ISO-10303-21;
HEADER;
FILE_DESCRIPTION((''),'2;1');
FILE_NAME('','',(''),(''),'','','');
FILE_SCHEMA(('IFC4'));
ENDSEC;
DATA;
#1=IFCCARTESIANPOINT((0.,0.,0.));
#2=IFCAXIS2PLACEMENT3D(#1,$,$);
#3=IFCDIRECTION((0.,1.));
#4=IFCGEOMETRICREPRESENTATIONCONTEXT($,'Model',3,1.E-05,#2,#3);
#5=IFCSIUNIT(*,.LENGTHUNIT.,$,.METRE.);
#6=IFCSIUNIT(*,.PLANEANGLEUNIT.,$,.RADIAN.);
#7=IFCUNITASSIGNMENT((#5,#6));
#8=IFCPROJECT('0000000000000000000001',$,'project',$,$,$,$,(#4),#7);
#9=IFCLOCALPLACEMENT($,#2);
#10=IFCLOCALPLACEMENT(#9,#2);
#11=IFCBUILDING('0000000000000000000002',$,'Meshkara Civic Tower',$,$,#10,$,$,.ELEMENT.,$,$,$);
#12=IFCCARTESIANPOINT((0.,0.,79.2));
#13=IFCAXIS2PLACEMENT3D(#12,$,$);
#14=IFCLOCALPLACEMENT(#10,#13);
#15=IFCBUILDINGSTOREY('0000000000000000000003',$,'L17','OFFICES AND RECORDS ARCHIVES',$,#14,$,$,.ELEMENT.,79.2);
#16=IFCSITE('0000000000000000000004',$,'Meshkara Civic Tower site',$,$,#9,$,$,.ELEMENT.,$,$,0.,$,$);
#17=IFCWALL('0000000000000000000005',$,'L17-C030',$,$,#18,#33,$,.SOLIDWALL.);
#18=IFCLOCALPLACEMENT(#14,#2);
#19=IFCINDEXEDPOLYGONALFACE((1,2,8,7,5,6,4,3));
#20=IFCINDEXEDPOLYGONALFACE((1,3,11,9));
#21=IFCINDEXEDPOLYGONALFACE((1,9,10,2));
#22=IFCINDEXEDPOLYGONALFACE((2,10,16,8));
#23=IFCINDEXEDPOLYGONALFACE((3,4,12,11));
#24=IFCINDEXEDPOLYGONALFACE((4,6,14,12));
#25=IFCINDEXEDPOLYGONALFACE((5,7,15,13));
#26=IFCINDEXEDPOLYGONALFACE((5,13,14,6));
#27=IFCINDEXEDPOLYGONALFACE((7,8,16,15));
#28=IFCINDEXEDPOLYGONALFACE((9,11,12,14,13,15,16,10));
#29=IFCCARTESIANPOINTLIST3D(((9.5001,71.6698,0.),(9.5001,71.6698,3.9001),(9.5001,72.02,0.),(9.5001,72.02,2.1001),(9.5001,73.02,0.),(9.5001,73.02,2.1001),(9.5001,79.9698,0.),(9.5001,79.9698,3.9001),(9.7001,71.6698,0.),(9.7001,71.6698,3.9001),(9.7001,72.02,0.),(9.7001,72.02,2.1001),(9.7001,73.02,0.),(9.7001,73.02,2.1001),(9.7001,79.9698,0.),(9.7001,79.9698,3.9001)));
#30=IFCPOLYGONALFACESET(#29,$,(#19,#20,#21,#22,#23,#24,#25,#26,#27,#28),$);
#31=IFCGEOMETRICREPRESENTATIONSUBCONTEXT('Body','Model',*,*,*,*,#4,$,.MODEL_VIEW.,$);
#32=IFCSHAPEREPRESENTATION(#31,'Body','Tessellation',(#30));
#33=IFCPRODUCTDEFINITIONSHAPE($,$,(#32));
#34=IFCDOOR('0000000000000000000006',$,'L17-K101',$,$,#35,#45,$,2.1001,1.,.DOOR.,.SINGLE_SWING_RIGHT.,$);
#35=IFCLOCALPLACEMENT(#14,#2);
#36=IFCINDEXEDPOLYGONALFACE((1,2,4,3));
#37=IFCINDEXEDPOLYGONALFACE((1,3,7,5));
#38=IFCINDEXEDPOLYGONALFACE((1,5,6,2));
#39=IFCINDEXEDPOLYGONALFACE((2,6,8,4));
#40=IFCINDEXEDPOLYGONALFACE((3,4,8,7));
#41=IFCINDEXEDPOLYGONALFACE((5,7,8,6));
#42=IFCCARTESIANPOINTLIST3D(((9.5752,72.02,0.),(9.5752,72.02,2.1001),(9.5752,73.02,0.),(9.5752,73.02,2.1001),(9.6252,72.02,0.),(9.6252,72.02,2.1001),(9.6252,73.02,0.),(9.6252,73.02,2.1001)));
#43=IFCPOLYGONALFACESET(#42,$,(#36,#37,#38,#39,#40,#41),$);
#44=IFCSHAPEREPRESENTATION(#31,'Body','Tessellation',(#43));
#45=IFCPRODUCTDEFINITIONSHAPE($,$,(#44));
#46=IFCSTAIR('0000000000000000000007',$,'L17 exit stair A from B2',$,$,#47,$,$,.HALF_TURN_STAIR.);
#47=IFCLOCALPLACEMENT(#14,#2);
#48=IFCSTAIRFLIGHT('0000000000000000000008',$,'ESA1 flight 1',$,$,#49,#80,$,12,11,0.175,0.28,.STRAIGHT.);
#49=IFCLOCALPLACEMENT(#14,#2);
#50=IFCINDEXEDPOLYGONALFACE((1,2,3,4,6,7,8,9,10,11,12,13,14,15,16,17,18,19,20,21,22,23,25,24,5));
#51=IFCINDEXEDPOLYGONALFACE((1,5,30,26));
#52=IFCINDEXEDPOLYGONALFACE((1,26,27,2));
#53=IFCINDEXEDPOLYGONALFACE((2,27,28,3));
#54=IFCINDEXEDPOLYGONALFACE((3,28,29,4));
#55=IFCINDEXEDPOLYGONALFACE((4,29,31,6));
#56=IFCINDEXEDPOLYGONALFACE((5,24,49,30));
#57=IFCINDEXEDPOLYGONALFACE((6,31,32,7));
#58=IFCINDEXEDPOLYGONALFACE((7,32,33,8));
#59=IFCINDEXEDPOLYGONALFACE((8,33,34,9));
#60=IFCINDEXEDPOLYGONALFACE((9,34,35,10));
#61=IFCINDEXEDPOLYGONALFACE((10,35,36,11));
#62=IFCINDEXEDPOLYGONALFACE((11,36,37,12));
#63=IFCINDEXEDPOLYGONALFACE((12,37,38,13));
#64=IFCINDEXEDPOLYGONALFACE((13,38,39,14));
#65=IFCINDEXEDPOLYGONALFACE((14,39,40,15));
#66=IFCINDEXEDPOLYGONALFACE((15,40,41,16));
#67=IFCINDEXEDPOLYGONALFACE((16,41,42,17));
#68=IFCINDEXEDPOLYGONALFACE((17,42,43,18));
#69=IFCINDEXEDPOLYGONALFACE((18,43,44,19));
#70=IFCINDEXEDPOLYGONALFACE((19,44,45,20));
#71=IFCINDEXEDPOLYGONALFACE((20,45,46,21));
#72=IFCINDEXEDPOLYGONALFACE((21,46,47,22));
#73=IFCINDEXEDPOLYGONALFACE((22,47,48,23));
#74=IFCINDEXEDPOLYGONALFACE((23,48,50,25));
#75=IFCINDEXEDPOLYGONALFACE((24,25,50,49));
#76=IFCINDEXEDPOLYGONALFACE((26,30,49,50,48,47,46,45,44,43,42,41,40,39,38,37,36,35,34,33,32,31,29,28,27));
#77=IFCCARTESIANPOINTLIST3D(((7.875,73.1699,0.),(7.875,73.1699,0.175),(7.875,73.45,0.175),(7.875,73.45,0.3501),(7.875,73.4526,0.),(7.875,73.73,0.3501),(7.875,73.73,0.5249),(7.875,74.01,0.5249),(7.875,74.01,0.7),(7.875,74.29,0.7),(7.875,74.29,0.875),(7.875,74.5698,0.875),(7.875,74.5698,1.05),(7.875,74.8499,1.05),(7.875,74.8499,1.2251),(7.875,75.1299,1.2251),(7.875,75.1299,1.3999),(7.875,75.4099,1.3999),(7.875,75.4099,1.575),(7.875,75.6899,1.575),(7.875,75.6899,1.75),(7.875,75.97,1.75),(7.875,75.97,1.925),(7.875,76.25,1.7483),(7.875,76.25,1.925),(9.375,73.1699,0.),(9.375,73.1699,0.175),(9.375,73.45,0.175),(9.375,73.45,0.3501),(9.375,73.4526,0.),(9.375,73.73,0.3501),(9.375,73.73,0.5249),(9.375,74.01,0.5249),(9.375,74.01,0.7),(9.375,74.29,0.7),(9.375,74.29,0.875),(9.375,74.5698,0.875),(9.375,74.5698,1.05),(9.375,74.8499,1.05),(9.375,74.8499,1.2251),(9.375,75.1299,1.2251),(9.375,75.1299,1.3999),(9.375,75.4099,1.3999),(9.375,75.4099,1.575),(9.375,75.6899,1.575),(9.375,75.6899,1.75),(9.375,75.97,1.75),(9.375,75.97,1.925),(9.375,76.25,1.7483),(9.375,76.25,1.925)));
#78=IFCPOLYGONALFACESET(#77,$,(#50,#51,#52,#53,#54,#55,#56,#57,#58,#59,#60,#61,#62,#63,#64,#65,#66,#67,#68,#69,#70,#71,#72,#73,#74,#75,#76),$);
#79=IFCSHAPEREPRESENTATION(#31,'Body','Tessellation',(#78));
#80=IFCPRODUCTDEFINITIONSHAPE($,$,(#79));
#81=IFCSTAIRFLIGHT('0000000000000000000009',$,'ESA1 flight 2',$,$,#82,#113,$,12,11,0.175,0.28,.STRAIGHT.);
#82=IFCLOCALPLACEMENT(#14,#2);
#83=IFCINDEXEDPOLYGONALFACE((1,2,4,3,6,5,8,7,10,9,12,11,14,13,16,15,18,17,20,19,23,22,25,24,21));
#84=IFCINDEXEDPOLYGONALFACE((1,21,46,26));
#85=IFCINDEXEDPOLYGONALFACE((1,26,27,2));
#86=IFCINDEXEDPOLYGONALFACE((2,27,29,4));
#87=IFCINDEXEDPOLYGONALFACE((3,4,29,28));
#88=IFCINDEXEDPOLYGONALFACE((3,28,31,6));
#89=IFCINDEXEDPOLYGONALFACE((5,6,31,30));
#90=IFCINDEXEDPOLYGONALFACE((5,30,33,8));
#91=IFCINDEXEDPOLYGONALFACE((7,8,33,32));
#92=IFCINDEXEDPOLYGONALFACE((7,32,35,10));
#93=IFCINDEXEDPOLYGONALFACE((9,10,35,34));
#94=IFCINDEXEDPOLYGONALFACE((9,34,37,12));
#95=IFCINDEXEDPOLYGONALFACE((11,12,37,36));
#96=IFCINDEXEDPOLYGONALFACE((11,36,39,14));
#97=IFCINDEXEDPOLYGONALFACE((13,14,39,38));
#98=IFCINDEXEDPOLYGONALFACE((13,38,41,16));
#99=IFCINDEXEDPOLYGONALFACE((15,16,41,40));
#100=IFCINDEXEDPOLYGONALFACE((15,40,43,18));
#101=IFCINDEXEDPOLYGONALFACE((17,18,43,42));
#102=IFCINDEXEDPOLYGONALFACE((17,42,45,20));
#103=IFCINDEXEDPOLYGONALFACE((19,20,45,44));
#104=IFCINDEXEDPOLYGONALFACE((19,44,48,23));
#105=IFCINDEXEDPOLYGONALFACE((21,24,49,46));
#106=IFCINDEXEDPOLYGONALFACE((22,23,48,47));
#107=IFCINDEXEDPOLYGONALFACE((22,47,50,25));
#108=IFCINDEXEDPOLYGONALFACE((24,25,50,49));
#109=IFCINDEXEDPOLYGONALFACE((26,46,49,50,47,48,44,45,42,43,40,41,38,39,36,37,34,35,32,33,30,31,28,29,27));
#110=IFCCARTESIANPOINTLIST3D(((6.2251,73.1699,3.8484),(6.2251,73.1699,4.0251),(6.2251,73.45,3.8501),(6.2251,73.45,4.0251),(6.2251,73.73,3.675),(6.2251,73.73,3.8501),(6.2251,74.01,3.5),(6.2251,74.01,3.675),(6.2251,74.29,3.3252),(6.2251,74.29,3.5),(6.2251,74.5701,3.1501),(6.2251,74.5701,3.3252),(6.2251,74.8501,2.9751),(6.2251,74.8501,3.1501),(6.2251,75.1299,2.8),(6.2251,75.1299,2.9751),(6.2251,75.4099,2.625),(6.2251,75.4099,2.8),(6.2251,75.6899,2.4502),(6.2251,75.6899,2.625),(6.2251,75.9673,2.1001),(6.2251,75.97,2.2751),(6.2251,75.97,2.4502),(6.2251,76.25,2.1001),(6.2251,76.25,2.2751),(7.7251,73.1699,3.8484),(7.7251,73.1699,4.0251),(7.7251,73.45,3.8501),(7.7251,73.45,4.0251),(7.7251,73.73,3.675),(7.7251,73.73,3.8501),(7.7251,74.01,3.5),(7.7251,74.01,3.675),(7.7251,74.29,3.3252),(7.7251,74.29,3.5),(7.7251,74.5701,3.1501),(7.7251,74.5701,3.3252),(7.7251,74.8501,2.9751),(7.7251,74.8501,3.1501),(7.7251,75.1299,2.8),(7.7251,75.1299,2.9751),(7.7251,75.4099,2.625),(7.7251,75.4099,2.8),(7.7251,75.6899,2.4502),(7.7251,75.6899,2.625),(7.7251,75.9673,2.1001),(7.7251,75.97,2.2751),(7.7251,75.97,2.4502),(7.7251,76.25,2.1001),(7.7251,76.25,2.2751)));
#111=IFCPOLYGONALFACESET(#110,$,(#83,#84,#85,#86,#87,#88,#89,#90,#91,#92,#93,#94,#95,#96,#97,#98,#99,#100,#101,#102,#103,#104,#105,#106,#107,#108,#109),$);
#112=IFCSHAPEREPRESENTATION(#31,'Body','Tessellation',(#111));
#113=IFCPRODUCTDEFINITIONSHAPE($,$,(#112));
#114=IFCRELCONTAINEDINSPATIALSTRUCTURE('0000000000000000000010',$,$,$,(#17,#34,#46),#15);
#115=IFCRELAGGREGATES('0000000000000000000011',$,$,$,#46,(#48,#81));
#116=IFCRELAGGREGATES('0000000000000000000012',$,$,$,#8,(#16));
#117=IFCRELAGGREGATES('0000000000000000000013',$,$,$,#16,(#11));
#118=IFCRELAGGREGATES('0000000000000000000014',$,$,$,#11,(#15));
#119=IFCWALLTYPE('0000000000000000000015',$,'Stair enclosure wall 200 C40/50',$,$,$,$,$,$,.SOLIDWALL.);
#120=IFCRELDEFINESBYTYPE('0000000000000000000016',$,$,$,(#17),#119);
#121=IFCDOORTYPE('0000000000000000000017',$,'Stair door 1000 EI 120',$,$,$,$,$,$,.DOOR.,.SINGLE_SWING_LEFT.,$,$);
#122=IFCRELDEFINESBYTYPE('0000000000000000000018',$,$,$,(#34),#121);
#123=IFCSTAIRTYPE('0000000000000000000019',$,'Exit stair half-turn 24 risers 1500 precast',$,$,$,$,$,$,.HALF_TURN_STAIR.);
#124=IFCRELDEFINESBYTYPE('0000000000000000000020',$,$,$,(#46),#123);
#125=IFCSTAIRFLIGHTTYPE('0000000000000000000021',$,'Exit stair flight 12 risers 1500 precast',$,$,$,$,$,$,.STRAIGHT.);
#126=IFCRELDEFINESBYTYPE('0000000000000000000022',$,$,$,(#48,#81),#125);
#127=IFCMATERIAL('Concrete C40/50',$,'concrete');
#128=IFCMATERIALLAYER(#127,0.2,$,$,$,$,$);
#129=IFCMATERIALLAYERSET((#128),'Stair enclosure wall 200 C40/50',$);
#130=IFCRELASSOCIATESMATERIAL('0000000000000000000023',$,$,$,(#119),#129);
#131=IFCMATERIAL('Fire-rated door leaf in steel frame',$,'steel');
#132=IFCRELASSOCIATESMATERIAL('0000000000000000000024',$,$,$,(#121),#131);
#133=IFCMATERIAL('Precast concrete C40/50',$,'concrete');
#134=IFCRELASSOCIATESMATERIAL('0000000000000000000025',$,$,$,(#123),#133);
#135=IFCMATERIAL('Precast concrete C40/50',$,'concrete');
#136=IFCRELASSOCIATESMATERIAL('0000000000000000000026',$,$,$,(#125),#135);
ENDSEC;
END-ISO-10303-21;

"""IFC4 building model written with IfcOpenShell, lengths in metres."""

from ifc_helpers import new_model, si_unit, direction, frame, frame_2d, origin, place, context, subcontext, project, spatial, polyline, rectangle, outline, extrude, material, layer, layer_set, type_object, element, fill, aggregate, save


model = new_model("IFC4")

# Units and contexts
model_context = context("Model", 3, precision=1e-05, world=origin(), true_north=direction((0.0, 1.0)))
body_context = subcontext(model_context, "Body", "Model", "MODEL_VIEW")
ifc_project = project(units=[si_unit("LENGTHUNIT", "METRE"), si_unit("PLANEANGLEUNIT", "RADIAN")], contexts=[model_context])

# Site, building, storey
site_placement = place(None, origin())
site = spatial("IfcSite", under=ifc_project, at=site_placement, Name="Meshkara Civic Tower site", CompositionType="ELEMENT", RefElevation=0.0)
building_placement = place(site_placement, origin())
building = spatial("IfcBuilding", under=site, at=building_placement, Name="Meshkara Civic Tower", CompositionType="ELEMENT")
storey_placement = place(building_placement, frame((0.0, 0.0, 79.2)))
storey = spatial("IfcBuildingStorey", under=building, at=storey_placement, Name="L17", Description="OFFICES AND RECORDS ARCHIVES", CompositionType="ELEMENT", Elevation=79.2)

# Wall, opening, door
ifc_material_1 = material(Name="Concrete C40/50", Category="concrete")
ifc_layer_1 = layer(ifc_material_1, 0.2)
ifc_layer_set_1 = layer_set([ifc_layer_1], Name="Stair enclosure wall 200 C40/50")
wall_type_1 = type_object("IfcWallType", Name="Stair enclosure wall 200 C40/50", PredefinedType="SOLIDWALL", material=ifc_layer_set_1)
wall_1_placement = place(storey_placement, frame((9.6001, 71.6699, 0.0), z_axis=(0.0, 0.0, 1.0), x_axis=(0.0, 1.0, 0.0)))
wall_1 = element("IfcWall", 1, at=wall_1_placement, inside=storey, type_object=wall_type_1, Name="L17-C030", PredefinedType="SOLIDWALL", context=body_context, shape_type="SweptSolid", body=[
    extrude(rectangle(XDim=8.3, YDim=0.2, at=frame_2d((4.1499, 0.0))), origin(), (0.0, 0.0, 1.0), 3.9001),
])
opening_1_placement = place(wall_1_placement, frame((0.3501, 0.0, 0.0)))
opening_1 = element("IfcOpeningElement", 2, at=opening_1_placement, cuts=wall_1, PredefinedType="OPENING", context=body_context, shape_type="SweptSolid", body=[
    extrude(rectangle(XDim=1.0, YDim=2.1001, at=frame_2d((0.5, 1.05))), frame((0.0, 0.1099, 0.0), z_axis=(0.0, -1.0, 0.0), x_axis=(1.0, 0.0, 0.0)), (0.0, 0.0, 1.0), 0.22),
])
ifc_material_2 = material(Name="Fire-rated door leaf in steel frame", Category="steel")
door_type_1 = type_object("IfcDoorType", Name="Stair door 1000 EI 120", OperationType="SINGLE_SWING_LEFT", PredefinedType="DOOR", material=ifc_material_2)
door_1_placement = place(opening_1_placement, origin())
door_1 = element("IfcDoor", 3, at=door_1_placement, inside=storey, type_object=door_type_1, Name="L17-K101", OperationType="SINGLE_SWING_RIGHT", OverallHeight=2.1001, OverallWidth=1.0, PredefinedType="DOOR", context=body_context, shape_type="SweptSolid", body=[
    extrude(rectangle(XDim=1.0, YDim=2.1001, at=frame_2d((0.5, 1.05))), frame((0.0, 0.0249, 0.0), z_axis=(0.0, -1.0, 0.0), x_axis=(1.0, 0.0, 0.0)), (0.0, 0.0, 1.0), 0.05),
])
fill(opening_1, door_1)

# Stair, stair flights
ifc_material_3 = material(Name="Precast concrete C40/50", Category="concrete")
stair_type = type_object("IfcStairType", Name="Exit stair half-turn 24 risers 1500 precast", PredefinedType="HALF_TURN_STAIR", material=ifc_material_3)
stair_placement = place(storey_placement, origin())
stair = element("IfcStair", 4, at=stair_placement, inside=storey, type_object=stair_type, Name="L17 exit stair A from B2", PredefinedType="HALF_TURN_STAIR")
ifc_material_4 = material(Name="Precast concrete C40/50", Category="concrete")
stair_flight_type = type_object("IfcStairFlightType", Name="Exit stair flight 12 risers 1500 precast", PredefinedType="STRAIGHT", material=ifc_material_4)
stair_flight_1_placement = place(storey_placement, frame((8.625, 73.1699, 0.0), z_axis=(0.0, 0.0, 1.0), x_axis=(0.0, 1.0, 0.0)))
stair_flight_1 = element("IfcStairFlight", 5, at=stair_flight_1_placement, type_object=stair_flight_type, Name="ESA1 flight 1", NumberOfRisers=12, NumberOfTreads=11, PredefinedType="STRAIGHT", RiserHeight=0.175, TreadLength=0.28, context=body_context, shape_type="SweptSolid", body=[
    extrude(outline(polyline([(0.0, 0.0), (0.0, 0.175), (0.28, 0.175), (0.28, 0.3501), (0.5601, 0.3501), (0.5601, 0.5249), (0.8401, 0.5249), (0.8401, 0.7), (1.1201, 0.7), (1.1201, 0.875), (1.3999, 0.875), (1.3999, 1.05), (1.6799, 1.05), (1.6799, 1.2251), (1.96, 1.2251), (1.96, 1.3999), (2.24, 1.3999), (2.24, 1.575), (2.52, 1.575), (2.52, 1.75), (2.8, 1.75), (2.8, 1.925), (3.0801, 1.925), (3.0801, 2.1001), (3.0801, 1.7483), (0.2827, 0.0), (0.0, 0.0)])), frame((0.0, 0.75, 0.0), z_axis=(0.0, -1.0, 0.0), x_axis=(1.0, 0.0, 0.0)), (0.0, 0.0, 1.0), 1.5),
])
stair_flight_2_placement = place(storey_placement, frame((6.9751, 76.25, 2.1001), z_axis=(0.0, 0.0, 1.0), x_axis=(0.0, -1.0, 0.0)))
stair_flight_2 = element("IfcStairFlight", 6, at=stair_flight_2_placement, type_object=stair_flight_type, Name="ESA1 flight 2", NumberOfRisers=12, NumberOfTreads=11, PredefinedType="STRAIGHT", RiserHeight=0.175, TreadLength=0.28, context=body_context, shape_type="SweptSolid", body=[
    extrude(outline(polyline([(0.0, 0.0), (0.0, 0.175), (0.28, 0.175), (0.28, 0.3501), (0.5601, 0.3501), (0.5601, 0.5249), (0.8401, 0.5249), (0.8401, 0.7), (1.1201, 0.7), (1.1201, 0.875), (1.3999, 0.875), (1.3999, 1.05), (1.6799, 1.05), (1.6799, 1.2251), (1.96, 1.2251), (1.96, 1.3999), (2.24, 1.3999), (2.24, 1.575), (2.52, 1.575), (2.52, 1.75), (2.8, 1.75), (2.8, 1.925), (3.0801, 1.925), (3.0801, 2.1001), (3.0801, 1.7483), (0.2827, 0.0), (0.0, 0.0)])), frame((0.0, 0.75, 0.0), z_axis=(0.0, -1.0, 0.0), x_axis=(1.0, 0.0, 0.0)), (0.0, 0.0, 1.0), 1.5),
])
aggregate(stair, [stair_flight_1, stair_flight_2])

save(model, "model.ifc")
